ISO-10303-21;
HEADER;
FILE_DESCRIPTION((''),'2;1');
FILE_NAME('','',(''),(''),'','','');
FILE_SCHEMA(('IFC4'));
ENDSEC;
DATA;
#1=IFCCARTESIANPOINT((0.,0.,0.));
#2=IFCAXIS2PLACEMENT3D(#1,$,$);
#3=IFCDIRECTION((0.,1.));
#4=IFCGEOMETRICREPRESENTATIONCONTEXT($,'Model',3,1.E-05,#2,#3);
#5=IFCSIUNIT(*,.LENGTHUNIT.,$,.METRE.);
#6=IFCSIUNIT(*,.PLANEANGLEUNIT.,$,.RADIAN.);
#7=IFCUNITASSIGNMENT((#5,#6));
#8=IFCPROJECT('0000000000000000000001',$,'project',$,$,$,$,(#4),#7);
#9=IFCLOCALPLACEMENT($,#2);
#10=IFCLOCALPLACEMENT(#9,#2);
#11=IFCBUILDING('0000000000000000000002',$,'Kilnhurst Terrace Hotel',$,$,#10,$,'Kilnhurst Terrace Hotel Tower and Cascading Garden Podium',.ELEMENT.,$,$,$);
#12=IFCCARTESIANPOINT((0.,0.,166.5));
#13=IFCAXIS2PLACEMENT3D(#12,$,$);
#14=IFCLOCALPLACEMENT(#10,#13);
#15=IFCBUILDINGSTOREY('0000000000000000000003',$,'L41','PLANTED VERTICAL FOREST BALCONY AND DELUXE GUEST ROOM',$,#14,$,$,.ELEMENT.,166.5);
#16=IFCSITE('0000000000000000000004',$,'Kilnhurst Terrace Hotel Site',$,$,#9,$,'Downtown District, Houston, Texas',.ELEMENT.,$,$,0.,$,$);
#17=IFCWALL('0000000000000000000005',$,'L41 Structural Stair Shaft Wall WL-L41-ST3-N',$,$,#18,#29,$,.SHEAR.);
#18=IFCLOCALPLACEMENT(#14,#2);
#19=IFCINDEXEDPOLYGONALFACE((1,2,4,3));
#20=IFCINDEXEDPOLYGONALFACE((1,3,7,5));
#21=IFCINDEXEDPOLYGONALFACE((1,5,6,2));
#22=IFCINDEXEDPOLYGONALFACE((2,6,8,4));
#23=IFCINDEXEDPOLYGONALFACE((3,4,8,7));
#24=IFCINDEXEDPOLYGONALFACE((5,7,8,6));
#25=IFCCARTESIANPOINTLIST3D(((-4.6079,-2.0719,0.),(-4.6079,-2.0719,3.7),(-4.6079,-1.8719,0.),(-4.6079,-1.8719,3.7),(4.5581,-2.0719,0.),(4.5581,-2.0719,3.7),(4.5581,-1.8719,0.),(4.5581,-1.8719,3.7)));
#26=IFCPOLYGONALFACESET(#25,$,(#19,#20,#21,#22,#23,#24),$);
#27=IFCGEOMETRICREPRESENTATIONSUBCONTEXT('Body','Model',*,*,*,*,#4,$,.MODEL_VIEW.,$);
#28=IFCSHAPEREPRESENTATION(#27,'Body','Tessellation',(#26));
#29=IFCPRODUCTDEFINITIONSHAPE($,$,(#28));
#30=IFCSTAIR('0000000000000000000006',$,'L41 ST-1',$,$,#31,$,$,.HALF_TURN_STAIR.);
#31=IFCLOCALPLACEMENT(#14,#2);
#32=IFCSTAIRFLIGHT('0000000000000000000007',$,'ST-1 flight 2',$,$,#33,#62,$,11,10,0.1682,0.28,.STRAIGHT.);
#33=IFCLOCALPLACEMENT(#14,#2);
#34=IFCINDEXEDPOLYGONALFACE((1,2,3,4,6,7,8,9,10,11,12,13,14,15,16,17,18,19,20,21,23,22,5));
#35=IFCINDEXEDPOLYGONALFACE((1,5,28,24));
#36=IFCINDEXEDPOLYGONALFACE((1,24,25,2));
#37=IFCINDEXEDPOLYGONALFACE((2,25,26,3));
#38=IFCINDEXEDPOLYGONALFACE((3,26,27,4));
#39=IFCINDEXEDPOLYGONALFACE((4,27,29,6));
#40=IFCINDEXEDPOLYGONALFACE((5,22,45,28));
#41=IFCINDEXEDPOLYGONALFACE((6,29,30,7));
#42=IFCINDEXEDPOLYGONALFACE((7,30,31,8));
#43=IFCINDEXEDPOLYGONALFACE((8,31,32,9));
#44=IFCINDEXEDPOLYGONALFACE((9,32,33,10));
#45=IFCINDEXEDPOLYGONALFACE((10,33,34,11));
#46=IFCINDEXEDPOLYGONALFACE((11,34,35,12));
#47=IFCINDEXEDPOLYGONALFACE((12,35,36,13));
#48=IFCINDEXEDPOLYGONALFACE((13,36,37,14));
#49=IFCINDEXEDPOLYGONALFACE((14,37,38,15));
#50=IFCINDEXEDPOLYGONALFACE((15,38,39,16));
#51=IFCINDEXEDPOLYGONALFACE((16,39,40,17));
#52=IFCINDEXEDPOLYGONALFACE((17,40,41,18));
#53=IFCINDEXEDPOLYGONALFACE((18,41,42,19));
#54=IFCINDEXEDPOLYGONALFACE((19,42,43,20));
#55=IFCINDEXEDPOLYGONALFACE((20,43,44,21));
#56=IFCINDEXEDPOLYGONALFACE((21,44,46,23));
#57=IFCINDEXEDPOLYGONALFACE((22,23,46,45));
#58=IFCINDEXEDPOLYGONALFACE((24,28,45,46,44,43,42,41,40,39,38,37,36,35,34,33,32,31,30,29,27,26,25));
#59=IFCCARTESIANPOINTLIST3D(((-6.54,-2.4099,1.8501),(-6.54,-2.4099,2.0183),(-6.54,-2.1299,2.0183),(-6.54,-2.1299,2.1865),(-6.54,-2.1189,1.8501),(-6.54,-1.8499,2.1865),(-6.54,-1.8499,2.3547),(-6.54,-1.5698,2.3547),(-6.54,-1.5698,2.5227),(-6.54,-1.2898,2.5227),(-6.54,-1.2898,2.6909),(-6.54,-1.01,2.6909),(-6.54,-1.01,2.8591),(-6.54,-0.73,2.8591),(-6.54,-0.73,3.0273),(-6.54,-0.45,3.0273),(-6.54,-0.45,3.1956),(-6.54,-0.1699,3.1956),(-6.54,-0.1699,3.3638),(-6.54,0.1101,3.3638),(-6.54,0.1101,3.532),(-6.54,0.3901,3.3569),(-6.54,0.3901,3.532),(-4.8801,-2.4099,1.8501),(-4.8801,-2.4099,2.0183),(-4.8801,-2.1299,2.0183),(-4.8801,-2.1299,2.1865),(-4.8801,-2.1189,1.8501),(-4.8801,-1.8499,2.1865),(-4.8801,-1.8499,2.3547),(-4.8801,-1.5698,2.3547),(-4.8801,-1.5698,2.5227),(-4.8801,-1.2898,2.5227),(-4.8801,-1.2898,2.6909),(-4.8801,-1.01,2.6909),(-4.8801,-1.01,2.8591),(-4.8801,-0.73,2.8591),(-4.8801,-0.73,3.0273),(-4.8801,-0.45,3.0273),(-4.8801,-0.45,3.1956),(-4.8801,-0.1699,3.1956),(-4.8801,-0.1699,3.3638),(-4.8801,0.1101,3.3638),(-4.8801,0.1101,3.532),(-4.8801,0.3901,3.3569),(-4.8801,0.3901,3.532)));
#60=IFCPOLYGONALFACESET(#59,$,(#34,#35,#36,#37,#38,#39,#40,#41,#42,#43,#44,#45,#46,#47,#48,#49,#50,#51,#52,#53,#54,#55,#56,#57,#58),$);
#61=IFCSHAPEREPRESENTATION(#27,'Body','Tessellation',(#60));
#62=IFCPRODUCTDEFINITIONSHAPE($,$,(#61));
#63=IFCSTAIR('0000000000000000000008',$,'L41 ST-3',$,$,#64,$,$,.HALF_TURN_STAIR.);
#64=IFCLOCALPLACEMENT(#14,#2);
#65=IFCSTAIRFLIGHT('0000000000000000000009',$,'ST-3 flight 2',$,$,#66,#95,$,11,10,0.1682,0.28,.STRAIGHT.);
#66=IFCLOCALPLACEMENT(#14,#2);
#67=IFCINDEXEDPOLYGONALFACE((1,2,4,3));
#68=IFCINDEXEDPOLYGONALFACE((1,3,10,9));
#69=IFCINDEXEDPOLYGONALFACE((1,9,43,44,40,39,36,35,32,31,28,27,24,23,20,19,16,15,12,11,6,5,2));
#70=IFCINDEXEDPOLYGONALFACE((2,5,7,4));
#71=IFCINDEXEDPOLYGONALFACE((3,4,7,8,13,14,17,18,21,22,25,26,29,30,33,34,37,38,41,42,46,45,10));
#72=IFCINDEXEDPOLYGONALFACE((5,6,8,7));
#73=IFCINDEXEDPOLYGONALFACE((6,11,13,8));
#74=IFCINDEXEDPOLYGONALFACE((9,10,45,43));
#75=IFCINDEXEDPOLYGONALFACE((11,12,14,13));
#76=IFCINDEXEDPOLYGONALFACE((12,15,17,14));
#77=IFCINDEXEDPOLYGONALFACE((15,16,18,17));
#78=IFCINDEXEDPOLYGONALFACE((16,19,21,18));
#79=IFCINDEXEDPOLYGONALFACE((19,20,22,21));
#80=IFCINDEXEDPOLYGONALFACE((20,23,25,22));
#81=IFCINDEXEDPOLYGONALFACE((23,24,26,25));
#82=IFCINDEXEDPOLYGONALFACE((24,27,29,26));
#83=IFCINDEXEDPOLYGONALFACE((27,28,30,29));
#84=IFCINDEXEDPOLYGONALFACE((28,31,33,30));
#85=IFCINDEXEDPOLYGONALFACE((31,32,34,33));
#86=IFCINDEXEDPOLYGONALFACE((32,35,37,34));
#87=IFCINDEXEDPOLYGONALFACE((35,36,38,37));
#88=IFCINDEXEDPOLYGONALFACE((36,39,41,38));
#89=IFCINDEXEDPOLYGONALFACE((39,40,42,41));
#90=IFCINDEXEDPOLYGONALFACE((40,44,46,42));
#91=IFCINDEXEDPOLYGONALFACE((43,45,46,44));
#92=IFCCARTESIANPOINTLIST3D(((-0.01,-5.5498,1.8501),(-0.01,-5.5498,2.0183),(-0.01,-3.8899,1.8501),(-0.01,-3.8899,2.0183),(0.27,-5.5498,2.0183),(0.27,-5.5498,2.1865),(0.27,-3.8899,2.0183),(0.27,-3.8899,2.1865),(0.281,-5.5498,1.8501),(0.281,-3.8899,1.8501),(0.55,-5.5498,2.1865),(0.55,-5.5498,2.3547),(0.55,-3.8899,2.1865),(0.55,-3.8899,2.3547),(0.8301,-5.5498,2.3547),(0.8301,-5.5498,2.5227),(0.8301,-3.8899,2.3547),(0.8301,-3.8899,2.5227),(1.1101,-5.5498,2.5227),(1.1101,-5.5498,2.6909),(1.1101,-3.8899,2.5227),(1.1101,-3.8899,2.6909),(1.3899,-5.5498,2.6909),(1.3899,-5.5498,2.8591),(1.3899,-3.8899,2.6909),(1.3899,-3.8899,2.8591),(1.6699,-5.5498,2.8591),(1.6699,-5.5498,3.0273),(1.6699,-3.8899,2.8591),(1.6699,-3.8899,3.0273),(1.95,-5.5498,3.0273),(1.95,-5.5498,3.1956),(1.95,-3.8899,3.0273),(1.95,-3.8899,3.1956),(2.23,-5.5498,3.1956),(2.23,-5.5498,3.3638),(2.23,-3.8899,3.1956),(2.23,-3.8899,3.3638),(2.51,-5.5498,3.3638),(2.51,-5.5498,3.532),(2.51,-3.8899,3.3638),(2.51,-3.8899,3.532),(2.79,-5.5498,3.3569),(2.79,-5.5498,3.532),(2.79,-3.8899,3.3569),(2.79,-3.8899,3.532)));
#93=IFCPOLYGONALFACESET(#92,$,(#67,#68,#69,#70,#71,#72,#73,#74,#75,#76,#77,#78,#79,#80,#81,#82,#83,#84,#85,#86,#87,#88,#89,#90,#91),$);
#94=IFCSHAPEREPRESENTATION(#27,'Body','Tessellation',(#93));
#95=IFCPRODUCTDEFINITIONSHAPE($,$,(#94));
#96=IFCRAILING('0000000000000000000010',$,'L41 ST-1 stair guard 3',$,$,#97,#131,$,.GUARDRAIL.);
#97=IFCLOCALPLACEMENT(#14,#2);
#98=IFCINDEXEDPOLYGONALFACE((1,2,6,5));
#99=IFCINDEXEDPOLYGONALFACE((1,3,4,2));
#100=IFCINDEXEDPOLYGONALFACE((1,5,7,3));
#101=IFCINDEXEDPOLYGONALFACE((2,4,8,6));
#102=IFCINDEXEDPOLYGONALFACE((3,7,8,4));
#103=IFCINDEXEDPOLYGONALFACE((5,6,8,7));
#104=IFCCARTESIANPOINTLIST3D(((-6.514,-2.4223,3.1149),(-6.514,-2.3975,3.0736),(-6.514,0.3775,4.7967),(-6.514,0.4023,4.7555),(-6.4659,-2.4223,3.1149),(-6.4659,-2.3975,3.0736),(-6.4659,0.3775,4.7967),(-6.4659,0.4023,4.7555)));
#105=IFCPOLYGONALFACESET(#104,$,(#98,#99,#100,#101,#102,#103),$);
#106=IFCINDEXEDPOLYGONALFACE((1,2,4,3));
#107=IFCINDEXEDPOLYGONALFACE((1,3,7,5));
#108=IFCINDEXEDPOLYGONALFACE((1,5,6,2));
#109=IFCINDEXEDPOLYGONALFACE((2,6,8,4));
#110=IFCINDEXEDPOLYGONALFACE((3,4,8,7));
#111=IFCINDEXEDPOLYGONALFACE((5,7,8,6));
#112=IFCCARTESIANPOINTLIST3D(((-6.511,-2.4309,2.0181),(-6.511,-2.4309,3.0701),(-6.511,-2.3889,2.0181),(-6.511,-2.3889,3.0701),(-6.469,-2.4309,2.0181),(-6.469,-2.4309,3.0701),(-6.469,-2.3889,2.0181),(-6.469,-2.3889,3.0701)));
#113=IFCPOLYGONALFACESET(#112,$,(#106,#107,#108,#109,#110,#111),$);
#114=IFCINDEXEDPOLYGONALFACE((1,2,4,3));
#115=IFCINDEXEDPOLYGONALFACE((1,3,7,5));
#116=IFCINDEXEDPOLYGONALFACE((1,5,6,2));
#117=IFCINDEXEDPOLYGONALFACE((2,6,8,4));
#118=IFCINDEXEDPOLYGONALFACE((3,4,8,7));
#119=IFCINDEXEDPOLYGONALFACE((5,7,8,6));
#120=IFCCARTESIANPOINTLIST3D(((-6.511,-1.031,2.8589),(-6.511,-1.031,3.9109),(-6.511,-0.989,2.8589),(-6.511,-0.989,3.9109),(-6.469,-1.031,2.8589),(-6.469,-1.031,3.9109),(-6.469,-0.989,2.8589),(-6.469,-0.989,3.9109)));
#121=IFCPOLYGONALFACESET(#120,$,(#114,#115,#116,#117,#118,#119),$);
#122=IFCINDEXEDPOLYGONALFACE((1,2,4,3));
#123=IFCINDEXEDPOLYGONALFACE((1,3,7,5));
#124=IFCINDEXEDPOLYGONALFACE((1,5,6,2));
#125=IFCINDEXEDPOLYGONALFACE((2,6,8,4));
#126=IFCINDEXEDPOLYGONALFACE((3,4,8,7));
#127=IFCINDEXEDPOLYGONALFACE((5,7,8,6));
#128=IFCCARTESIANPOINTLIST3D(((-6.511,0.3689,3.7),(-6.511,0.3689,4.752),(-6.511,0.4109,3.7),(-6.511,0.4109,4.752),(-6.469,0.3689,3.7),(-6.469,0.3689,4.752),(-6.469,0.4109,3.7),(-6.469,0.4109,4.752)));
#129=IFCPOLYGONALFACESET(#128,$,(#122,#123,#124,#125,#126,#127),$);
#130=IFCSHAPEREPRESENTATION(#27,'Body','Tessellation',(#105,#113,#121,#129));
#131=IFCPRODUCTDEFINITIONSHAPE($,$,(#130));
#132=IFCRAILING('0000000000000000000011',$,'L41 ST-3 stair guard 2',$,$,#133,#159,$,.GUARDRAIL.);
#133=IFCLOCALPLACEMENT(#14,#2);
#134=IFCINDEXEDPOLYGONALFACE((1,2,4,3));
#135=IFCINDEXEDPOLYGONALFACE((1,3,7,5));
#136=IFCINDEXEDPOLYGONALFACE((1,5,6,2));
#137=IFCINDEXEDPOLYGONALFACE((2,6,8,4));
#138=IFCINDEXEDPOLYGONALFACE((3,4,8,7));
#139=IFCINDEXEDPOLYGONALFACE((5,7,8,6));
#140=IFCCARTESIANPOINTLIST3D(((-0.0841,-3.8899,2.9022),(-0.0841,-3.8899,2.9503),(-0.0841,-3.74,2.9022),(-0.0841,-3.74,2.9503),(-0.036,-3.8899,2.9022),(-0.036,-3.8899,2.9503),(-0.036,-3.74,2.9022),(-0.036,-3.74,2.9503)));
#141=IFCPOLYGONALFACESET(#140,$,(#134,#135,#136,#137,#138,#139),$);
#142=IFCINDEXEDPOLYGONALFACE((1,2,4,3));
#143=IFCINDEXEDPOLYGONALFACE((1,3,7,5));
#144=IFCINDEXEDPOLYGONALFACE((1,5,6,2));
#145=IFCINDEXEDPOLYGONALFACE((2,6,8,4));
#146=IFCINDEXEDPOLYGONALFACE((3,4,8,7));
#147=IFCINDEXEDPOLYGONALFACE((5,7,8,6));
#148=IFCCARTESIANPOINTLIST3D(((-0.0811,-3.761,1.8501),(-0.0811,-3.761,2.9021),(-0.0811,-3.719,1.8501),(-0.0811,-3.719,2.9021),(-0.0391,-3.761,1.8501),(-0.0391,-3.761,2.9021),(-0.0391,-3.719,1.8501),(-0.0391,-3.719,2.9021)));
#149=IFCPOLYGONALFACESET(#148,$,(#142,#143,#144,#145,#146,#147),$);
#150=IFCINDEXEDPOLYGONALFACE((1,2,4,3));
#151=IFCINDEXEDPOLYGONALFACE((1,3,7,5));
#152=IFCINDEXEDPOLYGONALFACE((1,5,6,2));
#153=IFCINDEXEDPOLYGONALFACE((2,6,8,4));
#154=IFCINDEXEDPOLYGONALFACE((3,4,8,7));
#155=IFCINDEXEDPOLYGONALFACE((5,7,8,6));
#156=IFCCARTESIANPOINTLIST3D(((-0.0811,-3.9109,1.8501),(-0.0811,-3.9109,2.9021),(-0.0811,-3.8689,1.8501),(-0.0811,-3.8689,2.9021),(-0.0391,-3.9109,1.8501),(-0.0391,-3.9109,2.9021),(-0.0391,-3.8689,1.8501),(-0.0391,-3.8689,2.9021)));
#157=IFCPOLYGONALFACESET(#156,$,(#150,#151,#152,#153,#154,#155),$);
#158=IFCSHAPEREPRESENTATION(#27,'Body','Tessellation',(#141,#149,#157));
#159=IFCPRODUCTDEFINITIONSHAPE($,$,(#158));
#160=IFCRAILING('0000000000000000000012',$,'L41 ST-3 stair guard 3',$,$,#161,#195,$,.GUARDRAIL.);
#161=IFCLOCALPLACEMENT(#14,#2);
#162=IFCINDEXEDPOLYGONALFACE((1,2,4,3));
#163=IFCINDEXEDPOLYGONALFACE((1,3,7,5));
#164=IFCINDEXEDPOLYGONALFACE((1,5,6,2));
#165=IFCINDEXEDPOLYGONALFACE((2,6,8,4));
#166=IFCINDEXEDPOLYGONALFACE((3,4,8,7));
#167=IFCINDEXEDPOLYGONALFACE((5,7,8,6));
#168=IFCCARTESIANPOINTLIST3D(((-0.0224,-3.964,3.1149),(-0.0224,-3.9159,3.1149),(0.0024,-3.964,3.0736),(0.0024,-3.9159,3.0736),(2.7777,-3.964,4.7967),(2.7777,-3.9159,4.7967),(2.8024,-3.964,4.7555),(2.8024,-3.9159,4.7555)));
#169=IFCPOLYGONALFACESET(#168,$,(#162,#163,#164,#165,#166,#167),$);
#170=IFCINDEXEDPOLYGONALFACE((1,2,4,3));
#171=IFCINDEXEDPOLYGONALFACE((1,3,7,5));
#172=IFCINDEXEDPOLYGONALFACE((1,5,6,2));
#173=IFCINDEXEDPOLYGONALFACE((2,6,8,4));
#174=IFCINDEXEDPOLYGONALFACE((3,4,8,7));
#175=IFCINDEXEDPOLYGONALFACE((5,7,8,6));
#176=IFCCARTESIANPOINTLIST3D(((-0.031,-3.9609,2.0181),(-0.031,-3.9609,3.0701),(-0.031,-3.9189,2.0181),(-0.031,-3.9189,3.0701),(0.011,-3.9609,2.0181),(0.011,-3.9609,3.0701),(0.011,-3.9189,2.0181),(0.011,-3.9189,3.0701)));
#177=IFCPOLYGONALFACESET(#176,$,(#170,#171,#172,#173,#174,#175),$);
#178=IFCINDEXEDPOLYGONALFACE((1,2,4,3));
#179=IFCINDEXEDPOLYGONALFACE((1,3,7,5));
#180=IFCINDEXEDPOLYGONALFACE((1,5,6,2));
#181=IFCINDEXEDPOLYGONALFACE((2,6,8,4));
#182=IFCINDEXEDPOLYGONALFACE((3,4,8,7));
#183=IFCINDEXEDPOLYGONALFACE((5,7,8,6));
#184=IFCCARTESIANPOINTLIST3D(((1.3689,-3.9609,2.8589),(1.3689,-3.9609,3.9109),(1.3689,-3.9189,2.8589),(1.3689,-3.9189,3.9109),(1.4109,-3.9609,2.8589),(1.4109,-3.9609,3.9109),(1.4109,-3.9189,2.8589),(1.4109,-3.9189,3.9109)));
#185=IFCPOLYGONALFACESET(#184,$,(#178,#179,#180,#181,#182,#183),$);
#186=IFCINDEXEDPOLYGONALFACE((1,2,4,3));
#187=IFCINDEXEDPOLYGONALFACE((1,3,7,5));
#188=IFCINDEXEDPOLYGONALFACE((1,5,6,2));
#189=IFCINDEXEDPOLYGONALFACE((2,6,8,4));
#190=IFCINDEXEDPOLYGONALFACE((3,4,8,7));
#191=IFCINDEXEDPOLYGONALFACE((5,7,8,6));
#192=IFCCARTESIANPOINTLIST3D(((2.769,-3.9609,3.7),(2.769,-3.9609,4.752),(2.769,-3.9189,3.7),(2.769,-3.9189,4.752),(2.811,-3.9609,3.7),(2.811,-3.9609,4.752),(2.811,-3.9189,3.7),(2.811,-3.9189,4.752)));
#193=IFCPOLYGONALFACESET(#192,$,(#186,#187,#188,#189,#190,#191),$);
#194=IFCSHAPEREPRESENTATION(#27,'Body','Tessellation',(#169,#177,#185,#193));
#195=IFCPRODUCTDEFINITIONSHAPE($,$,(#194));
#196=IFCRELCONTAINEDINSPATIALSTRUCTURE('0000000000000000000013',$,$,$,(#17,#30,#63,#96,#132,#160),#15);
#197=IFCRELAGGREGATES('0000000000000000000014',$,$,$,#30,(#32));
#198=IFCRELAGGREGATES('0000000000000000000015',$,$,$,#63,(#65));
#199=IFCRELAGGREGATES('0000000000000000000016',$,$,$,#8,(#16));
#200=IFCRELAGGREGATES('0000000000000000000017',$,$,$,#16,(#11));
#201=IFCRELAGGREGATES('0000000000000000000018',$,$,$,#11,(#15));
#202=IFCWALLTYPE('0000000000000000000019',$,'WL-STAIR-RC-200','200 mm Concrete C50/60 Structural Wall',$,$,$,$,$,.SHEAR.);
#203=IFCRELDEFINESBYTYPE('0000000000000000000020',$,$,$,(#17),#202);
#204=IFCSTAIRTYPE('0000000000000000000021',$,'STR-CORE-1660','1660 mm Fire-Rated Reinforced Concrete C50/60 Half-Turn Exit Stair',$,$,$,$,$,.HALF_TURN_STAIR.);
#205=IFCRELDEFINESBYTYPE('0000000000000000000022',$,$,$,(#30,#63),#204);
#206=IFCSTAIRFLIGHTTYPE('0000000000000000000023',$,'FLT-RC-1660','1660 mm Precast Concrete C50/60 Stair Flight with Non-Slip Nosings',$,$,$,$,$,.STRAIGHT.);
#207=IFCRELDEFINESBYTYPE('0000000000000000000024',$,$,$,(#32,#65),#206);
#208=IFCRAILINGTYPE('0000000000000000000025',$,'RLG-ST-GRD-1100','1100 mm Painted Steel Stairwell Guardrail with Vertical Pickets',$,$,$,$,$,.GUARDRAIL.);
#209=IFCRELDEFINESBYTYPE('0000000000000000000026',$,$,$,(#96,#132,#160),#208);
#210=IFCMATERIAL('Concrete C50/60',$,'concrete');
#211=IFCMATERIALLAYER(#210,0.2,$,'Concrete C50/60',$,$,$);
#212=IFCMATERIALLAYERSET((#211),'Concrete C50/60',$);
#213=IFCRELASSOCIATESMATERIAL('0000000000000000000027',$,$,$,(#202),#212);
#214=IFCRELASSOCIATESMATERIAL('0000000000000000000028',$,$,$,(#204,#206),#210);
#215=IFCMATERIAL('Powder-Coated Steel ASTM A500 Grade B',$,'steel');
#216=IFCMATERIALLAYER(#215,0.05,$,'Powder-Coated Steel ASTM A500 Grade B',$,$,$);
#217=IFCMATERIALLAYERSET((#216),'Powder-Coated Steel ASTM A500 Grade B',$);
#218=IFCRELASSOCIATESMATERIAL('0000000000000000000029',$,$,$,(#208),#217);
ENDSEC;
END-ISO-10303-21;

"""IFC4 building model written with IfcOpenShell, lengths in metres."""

from ifc_helpers import new_model, si_unit, direction, frame, frame_2d, origin, origin_2d, place, context, subcontext, project, spatial, polyline, rectangle, outline, extrude, material, layer, layer_set, type_object, element, aggregate, save


model = new_model("IFC4")

# Units and contexts
model_context = context("Model", 3, precision=1e-05, world=origin(), true_north=direction((0.0, 1.0)))
body_context = subcontext(model_context, "Body", "Model", "MODEL_VIEW")
ifc_project = project(units=[si_unit("LENGTHUNIT", "METRE"), si_unit("PLANEANGLEUNIT", "RADIAN")], contexts=[model_context])

# Site, building, storey
site_placement = place(None, origin())
site = spatial("IfcSite", under=ifc_project, at=site_placement, Name="Kilnhurst Terrace Hotel Site", LongName="Downtown District, Houston, Texas", CompositionType="ELEMENT", RefElevation=0.0)
building_placement = place(site_placement, origin())
building = spatial("IfcBuilding", under=site, at=building_placement, Name="Kilnhurst Terrace Hotel", LongName="Kilnhurst Terrace Hotel Tower and Cascading Garden Podium", CompositionType="ELEMENT")
storey_placement = place(building_placement, frame((0.0, 0.0, 166.5)))
storey = spatial("IfcBuildingStorey", under=building, at=storey_placement, Name="L41", Description="PLANTED VERTICAL FOREST BALCONY AND DELUXE GUEST ROOM", CompositionType="ELEMENT", Elevation=166.5)

# Shared definitions
ifc_material_1 = material(Name="Concrete C50/60", Category="concrete")

# Shared definitions
ifc_layer_1 = layer(ifc_material_1, 0.2, Name="Concrete C50/60")
ifc_layer_set_1 = layer_set([ifc_layer_1], Name="Concrete C50/60")
wall_type_1 = type_object("IfcWallType", Name="WL-STAIR-RC-200", Description="200 mm Concrete C50/60 Structural Wall", PredefinedType="SHEAR", material=ifc_layer_set_1)

# Wall
wall_1_placement = place(storey_placement, frame((-4.6079, -1.9719, 0.0), z_axis=(0.0, 0.0, 1.0), x_axis=(1.0, 0.0, 0.0)))
element("IfcWall", 1, at=wall_1_placement, inside=storey, type_object=wall_type_1, Name="L41 Structural Stair Shaft Wall WL-L41-ST3-N", PredefinedType="SHEAR", context=body_context, shape_type="SweptSolid", body=[
    extrude(rectangle(XDim=9.166, YDim=0.2, at=frame_2d((4.583, 0.0))), origin(), (0.0, 0.0, 1.0), 3.7),
])

# Stairs, stair flights
stair_type = type_object("IfcStairType", Name="STR-CORE-1660", Description="1660 mm Fire-Rated Reinforced Concrete C50/60 Half-Turn Exit Stair", PredefinedType="HALF_TURN_STAIR", material=ifc_material_1)
stair_1_placement = place(storey_placement, origin())
stair_1 = element("IfcStair", 2, at=stair_1_placement, inside=storey, type_object=stair_type, Name="L41 ST-1", PredefinedType="HALF_TURN_STAIR")
stair_flight_type = type_object("IfcStairFlightType", Name="FLT-RC-1660", Description="1660 mm Precast Concrete C50/60 Stair Flight with Non-Slip Nosings", PredefinedType="STRAIGHT", material=ifc_material_1)
stair_flight_1_placement = place(storey_placement, frame((-5.71, -2.4099, 1.8501), z_axis=(0.0, 0.0, 1.0), x_axis=(0.0, 1.0, 0.0)))
stair_flight_1 = element("IfcStairFlight", 3, at=stair_flight_1_placement, type_object=stair_flight_type, Name="ST-1 flight 2", NumberOfRisers=11, NumberOfTreads=10, PredefinedType="STRAIGHT", RiserHeight=0.1682, TreadLength=0.28, context=body_context, shape_type="SweptSolid", body=[
    extrude(outline(polyline([(0.0, 0.0), (0.0, 0.1682), (0.28, 0.1682), (0.28, 0.3364), (0.5601, 0.3364), (0.5601, 0.5046), (0.8401, 0.5046), (0.8401, 0.6726), (1.1201, 0.6726), (1.1201, 0.8408), (1.3999, 0.8408), (1.3999, 1.009), (1.6799, 1.009), (1.6799, 1.1772), (1.96, 1.1772), (1.96, 1.3455), (2.24, 1.3455), (2.24, 1.5137), (2.52, 1.5137), (2.52, 1.6819), (2.8, 1.6819), (2.8, 1.8501), (2.8, 1.5068), (0.291, 0.0), (0.0, 0.0)])), frame((0.0, 0.8301, 0.0), z_axis=(0.0, -1.0, 0.0), x_axis=(1.0, 0.0, 0.0)), (0.0, 0.0, 1.0), 1.6599),
])
aggregate(stair_1, [stair_flight_1])
stair_2_placement = place(storey_placement, origin())
stair_2 = element("IfcStair", 4, at=stair_2_placement, inside=storey, type_object=stair_type, Name="L41 ST-3", PredefinedType="HALF_TURN_STAIR")
stair_flight_2_placement = place(storey_placement, frame((-0.01, -4.72, 1.8501), z_axis=(0.0, 0.0, 1.0), x_axis=(1.0, 0.0, 0.0)))
stair_flight_2 = element("IfcStairFlight", 5, at=stair_flight_2_placement, type_object=stair_flight_type, Name="ST-3 flight 2", NumberOfRisers=11, NumberOfTreads=10, PredefinedType="STRAIGHT", RiserHeight=0.1682, TreadLength=0.28, context=body_context, shape_type="SweptSolid", body=[
    extrude(outline(polyline([(0.0, 0.0), (0.0, 0.1682), (0.28, 0.1682), (0.28, 0.3364), (0.5601, 0.3364), (0.5601, 0.5046), (0.8401, 0.5046), (0.8401, 0.6726), (1.1201, 0.6726), (1.1201, 0.8408), (1.3999, 0.8408), (1.3999, 1.009), (1.6799, 1.009), (1.6799, 1.1772), (1.96, 1.1772), (1.96, 1.3455), (2.24, 1.3455), (2.24, 1.5137), (2.52, 1.5137), (2.52, 1.6819), (2.8, 1.6819), (2.8, 1.8501), (2.8, 1.5068), (0.291, 0.0), (0.0, 0.0)])), frame((0.0, 0.8301, 0.0), z_axis=(0.0, -1.0, 0.0), x_axis=(1.0, 0.0, 0.0)), (0.0, 0.0, 1.0), 1.6599),
])
aggregate(stair_2, [stair_flight_2])

# Railings
ifc_material_2 = material(Name="Powder-Coated Steel ASTM A500 Grade B", Category="steel")
ifc_layer_2 = layer(ifc_material_2, 0.05, Name="Powder-Coated Steel ASTM A500 Grade B")
ifc_layer_set_2 = layer_set([ifc_layer_2], Name="Powder-Coated Steel ASTM A500 Grade B")
railing_type_1 = type_object("IfcRailingType", Name="RLG-ST-GRD-1100", Description="1100 mm Painted Steel Stairwell Guardrail with Vertical Pickets", PredefinedType="GUARDRAIL", material=ifc_layer_set_2)
railing_1_placement = place(storey_placement, frame((-6.49, -2.4099, 2.0181)))
element("IfcRailing", 6, at=railing_1_placement, inside=storey, type_object=railing_type_1, Name="L41 ST-1 stair guard 3", PredefinedType="GUARDRAIL", context=body_context, shape_type="SweptSolid", body=[
    extrude(rectangle(XDim=0.0481, YDim=0.0481, at=origin_2d()), frame((0.0, 0.0, 1.0762), z_axis=(0.0, 0.857222, 0.514946), x_axis=(-1.0, 0.0, 0.0)), (0.0, 0.0, 1.0), 3.2661),
    extrude(rectangle(XDim=0.042, YDim=0.042, at=origin_2d()), origin(), (0.0, 0.0, 1.0), 1.052),
    extrude(rectangle(XDim=0.042, YDim=0.042, at=origin_2d()), frame((0.0, 1.3999, 0.8408)), (0.0, 0.0, 1.0), 1.052),
    extrude(rectangle(XDim=0.042, YDim=0.042, at=origin_2d()), frame((0.0, 2.7998, 1.6819)), (0.0, 0.0, 1.0), 1.052),
])
railing_2_placement = place(storey_placement, frame((-0.0601, -3.74, 1.8501)))
element("IfcRailing", 7, at=railing_2_placement, inside=storey, type_object=railing_type_1, Name="L41 ST-3 stair guard 2", PredefinedType="GUARDRAIL", context=body_context, shape_type="SweptSolid", body=[
    extrude(rectangle(XDim=0.0481, YDim=0.0481, at=origin_2d()), frame((0.0, 0.0, 1.0762), z_axis=(0.0, -1.0, 0.0), x_axis=(1.0, 0.0, 0.0)), (0.0, 0.0, 1.0), 0.1499),
    extrude(rectangle(XDim=0.042, YDim=0.042, at=origin_2d()), origin(), (0.0, 0.0, 1.0), 1.052),
    extrude(rectangle(XDim=0.042, YDim=0.042, at=origin_2d()), frame((0.0, -0.1499, 0.0)), (0.0, 0.0, 1.0), 1.052),
])
railing_3_placement = place(storey_placement, frame((-0.01, -3.9399, 2.0181)))
element("IfcRailing", 8, at=railing_3_placement, inside=storey, type_object=railing_type_1, Name="L41 ST-3 stair guard 3", PredefinedType="GUARDRAIL", context=body_context, shape_type="SweptSolid", body=[
    extrude(rectangle(XDim=0.0481, YDim=0.0481, at=origin_2d()), frame((0.0, 0.0, 1.0762), z_axis=(0.857242, 0.0, 0.514913), x_axis=(0.0, 1.0, 0.0)), (0.0, 0.0, 1.0), 3.2664),
    extrude(rectangle(XDim=0.042, YDim=0.042, at=origin_2d()), origin(), (0.0, 0.0, 1.0), 1.052),
    extrude(rectangle(XDim=0.042, YDim=0.042, at=origin_2d()), frame((1.3999, 0.0, 0.8408)), (0.0, 0.0, 1.0), 1.052),
    extrude(rectangle(XDim=0.042, YDim=0.042, at=origin_2d()), frame((2.8, 0.0, 1.6819)), (0.0, 0.0, 1.0), 1.052),
])

save(model, "model.ifc")
